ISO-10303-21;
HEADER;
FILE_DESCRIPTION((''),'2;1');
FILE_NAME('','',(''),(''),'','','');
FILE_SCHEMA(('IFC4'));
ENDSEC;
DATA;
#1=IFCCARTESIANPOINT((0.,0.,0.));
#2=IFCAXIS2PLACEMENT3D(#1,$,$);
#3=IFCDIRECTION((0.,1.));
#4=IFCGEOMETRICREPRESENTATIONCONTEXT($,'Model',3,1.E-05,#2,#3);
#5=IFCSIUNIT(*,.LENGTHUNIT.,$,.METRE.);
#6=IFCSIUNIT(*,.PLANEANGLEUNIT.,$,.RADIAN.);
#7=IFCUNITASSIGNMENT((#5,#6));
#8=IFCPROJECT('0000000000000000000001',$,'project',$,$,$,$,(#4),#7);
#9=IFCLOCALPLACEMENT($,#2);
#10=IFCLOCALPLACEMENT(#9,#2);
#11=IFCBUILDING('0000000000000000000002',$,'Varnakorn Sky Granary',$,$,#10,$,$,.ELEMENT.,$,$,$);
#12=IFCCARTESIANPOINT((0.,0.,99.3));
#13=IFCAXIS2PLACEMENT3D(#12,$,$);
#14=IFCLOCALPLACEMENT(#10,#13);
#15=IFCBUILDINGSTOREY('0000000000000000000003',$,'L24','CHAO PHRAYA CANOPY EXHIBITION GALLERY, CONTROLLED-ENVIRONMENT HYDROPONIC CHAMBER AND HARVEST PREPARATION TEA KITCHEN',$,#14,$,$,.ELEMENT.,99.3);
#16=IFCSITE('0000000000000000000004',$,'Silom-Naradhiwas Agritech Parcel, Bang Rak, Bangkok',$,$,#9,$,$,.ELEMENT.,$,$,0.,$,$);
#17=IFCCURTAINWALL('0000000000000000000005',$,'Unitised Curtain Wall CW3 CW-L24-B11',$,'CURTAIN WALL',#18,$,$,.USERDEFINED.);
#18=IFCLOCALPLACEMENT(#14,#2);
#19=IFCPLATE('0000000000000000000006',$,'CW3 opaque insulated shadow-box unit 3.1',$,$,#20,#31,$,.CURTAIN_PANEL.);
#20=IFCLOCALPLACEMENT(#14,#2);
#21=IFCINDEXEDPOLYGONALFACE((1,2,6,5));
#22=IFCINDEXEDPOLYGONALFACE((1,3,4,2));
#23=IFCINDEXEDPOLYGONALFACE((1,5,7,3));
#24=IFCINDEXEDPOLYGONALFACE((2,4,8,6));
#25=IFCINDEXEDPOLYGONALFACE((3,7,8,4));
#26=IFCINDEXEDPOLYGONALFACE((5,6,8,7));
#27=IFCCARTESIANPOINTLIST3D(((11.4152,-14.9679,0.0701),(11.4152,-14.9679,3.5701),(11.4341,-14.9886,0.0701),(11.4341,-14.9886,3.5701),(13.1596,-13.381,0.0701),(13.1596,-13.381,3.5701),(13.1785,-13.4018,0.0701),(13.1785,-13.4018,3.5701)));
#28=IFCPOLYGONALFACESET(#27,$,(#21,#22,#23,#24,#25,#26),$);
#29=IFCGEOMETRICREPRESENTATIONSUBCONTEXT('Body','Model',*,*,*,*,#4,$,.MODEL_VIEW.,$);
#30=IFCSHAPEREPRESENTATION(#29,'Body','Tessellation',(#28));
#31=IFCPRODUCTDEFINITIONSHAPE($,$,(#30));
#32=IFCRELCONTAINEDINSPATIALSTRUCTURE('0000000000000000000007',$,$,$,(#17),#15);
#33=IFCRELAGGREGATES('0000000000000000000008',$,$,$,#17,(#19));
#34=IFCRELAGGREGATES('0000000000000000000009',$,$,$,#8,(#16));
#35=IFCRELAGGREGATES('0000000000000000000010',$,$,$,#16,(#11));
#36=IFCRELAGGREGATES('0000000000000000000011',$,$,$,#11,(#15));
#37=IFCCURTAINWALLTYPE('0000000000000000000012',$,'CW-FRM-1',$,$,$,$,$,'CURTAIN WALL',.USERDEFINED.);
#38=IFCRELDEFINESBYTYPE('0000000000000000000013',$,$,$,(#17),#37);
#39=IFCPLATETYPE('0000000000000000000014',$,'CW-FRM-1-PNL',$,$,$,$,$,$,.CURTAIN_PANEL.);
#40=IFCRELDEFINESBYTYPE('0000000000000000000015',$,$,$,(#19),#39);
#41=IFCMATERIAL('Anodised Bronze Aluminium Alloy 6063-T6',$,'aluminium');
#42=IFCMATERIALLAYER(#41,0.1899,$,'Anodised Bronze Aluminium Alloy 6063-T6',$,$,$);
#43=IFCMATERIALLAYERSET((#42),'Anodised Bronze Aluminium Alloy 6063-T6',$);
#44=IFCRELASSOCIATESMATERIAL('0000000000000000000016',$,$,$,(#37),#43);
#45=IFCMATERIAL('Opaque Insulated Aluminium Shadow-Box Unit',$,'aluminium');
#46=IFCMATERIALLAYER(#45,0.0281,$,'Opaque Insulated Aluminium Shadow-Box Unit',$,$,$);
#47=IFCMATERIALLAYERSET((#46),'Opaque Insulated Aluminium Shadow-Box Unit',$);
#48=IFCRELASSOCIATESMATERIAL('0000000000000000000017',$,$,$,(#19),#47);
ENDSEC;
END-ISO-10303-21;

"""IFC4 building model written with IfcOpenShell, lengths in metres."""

from ifc_helpers import new_model, si_unit, direction, frame, origin, origin_2d, place, context, subcontext, project, spatial, rectangle, extrude, source, transform, mapped, material, layer, layer_set, type_object, element, aggregate, save


model = new_model("IFC4")

# Units and contexts
model_context = context("Model", 3, precision=1e-05, world=origin(), true_north=direction((0.0, 1.0)))
body_context = subcontext(model_context, "Body", "Model", "MODEL_VIEW")
ifc_project = project(units=[si_unit("LENGTHUNIT", "METRE"), si_unit("PLANEANGLEUNIT", "RADIAN")], contexts=[model_context])

# Site, building, storey
site_placement = place(None, origin())
site = spatial("IfcSite", under=ifc_project, at=site_placement, Name="Silom-Naradhiwas Agritech Parcel, Bang Rak, Bangkok", CompositionType="ELEMENT", RefElevation=0.0)
building_placement = place(site_placement, origin())
building = spatial("IfcBuilding", under=site, at=building_placement, Name="Varnakorn Sky Granary", CompositionType="ELEMENT")
storey_placement = place(building_placement, frame((0.0, 0.0, 99.3)))
storey = spatial("IfcBuildingStorey", under=building, at=storey_placement, Name="L24", Description="CHAO PHRAYA CANOPY EXHIBITION GALLERY, CONTROLLED-ENVIRONMENT HYDROPONIC CHAMBER AND HARVEST PREPARATION TEA KITCHEN", CompositionType="ELEMENT", Elevation=99.3)

# Curtain wall
ifc_material_1 = material(Name="Anodised Bronze Aluminium Alloy 6063-T6", Category="aluminium")
ifc_layer_1 = layer(ifc_material_1, 0.1899, Name="Anodised Bronze Aluminium Alloy 6063-T6")
ifc_layer_set_1 = layer_set([ifc_layer_1], Name="Anodised Bronze Aluminium Alloy 6063-T6")
curtain_wall_type = type_object("IfcCurtainWallType", Name="CW-FRM-1", ElementType="CURTAIN WALL", PredefinedType="USERDEFINED", material=ifc_layer_set_1)
curtain_wall_placement = place(storey_placement, origin())
curtain_wall = element("IfcCurtainWall", 1, at=curtain_wall_placement, inside=storey, type_object=curtain_wall_type, Name="Unitised Curtain Wall CW3 CW-L24-B11", ObjectType="CURTAIN WALL", PredefinedType="USERDEFINED")

# Plate
plate_type_1 = type_object("IfcPlateType", Name="CW-FRM-1-PNL", PredefinedType="CURTAIN_PANEL")
ifc_material_2 = material(Name="Opaque Insulated Aluminium Shadow-Box Unit", Category="aluminium")
ifc_layer_2 = layer(ifc_material_2, 0.0281, Name="Opaque Insulated Aluminium Shadow-Box Unit")
ifc_layer_set_2 = layer_set([ifc_layer_2], Name="Opaque Insulated Aluminium Shadow-Box Unit")
shared_shape_1 = source(origin(), body_context, "Body", "SweptSolid", [
    extrude(rectangle(XDim=2.3582, YDim=0.0281, at=origin_2d()), origin(), (0.0, 0.0, 1.0), 3.5),
])
plate_1_placement = place(storey_placement, frame((12.2969, -14.1848, 0.0701), z_axis=(0.0, 0.0, 1.0), x_axis=(-0.739716, -0.672919, 0.0)))
plate_1 = element("IfcPlate", 2, at=plate_1_placement, type_object=plate_type_1, material=ifc_layer_set_2, Name="CW3 opaque insulated shadow-box unit 3.1", PredefinedType="CURTAIN_PANEL", context=body_context, shape_type="MappedRepresentation", body=[
    mapped(shared_shape_1, transform((0.0, 0.0, 0.0), x_axis=(1.0, 0.0, 0.0), y_axis=(0.0, 1.0, 0.0), z_axis=(0.0, 0.0, 1.0), scale=1.0)),
])
aggregate(curtain_wall, [plate_1])

save(model, "model.ifc")
